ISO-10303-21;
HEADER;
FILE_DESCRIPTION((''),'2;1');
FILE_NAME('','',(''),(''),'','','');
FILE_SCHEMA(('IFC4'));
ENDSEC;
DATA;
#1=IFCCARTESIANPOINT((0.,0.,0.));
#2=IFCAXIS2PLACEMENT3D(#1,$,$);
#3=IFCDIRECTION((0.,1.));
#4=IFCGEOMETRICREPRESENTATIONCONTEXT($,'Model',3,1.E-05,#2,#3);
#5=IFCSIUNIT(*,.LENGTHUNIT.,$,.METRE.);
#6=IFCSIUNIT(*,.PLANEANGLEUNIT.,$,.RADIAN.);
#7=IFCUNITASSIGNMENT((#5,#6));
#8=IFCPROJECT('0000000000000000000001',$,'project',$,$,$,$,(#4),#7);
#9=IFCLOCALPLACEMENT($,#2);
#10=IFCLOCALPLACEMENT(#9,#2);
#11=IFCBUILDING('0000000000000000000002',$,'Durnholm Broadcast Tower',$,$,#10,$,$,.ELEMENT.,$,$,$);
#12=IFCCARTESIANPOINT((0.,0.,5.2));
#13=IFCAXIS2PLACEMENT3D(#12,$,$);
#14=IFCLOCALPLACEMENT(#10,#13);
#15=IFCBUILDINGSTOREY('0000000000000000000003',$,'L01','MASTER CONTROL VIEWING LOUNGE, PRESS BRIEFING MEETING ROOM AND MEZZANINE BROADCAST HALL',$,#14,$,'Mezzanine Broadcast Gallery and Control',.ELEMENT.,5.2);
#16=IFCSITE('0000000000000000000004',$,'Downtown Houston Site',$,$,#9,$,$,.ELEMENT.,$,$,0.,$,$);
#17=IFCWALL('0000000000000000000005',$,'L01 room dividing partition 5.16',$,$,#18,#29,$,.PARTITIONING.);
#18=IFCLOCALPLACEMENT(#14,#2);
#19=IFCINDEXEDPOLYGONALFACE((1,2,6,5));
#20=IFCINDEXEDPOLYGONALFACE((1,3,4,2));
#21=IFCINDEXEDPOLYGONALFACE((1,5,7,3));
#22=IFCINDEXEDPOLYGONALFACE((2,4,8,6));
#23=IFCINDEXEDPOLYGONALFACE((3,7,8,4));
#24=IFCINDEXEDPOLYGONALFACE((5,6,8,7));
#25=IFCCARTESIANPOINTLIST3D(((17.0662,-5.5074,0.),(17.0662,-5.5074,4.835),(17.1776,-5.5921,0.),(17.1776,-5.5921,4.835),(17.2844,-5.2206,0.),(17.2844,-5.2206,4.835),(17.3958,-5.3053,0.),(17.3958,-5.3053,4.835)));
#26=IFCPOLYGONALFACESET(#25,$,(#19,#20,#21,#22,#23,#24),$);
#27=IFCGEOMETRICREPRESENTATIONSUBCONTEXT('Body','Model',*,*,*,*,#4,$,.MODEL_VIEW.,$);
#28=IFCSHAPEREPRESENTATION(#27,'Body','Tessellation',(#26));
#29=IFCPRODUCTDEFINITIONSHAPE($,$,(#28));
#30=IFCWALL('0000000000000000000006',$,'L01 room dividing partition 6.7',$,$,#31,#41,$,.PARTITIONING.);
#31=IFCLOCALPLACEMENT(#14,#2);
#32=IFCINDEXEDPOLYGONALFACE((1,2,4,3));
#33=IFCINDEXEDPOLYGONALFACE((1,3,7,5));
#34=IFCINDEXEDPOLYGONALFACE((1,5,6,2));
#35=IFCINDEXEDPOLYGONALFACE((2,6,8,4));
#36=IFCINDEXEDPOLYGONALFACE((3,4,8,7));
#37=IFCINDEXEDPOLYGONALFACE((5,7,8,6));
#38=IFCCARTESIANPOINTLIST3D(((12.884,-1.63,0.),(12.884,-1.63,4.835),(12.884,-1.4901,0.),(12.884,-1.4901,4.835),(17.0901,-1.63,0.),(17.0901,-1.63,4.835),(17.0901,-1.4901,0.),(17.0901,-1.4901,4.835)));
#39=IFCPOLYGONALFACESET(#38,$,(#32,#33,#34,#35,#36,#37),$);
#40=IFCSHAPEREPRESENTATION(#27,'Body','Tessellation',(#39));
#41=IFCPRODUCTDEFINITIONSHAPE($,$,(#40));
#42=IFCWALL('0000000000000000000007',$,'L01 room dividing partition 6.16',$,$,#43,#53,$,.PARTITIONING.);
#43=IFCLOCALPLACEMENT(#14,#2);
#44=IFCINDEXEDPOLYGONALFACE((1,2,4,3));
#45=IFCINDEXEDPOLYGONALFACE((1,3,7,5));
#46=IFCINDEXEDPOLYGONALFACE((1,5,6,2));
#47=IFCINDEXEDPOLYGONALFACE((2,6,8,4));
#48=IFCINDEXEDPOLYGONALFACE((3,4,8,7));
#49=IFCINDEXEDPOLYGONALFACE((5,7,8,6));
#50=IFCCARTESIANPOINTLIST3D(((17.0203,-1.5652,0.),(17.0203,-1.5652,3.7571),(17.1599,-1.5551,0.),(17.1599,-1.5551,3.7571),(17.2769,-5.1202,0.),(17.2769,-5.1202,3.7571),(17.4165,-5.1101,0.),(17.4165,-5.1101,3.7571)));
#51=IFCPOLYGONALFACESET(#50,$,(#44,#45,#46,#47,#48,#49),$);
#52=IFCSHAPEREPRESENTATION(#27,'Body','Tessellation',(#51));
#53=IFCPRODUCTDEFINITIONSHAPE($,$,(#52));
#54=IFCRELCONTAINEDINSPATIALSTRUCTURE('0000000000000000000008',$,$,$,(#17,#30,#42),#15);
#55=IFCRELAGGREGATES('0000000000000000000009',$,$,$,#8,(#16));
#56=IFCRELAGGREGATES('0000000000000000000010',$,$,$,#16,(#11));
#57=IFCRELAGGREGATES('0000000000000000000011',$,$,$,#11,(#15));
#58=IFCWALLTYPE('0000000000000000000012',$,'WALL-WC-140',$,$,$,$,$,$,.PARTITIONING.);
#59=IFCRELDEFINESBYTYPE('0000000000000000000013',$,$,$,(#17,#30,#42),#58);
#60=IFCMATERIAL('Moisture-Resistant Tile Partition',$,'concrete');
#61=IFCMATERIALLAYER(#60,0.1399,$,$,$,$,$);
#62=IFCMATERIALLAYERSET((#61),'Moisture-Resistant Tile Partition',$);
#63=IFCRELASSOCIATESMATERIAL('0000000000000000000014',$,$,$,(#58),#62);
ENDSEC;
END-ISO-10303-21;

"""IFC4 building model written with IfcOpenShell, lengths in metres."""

from ifc_helpers import new_model, si_unit, direction, frame, frame_2d, origin, place, context, subcontext, project, spatial, rectangle, extrude, material, layer, layer_set, type_object, element, save


model = new_model("IFC4")

# Units and contexts
model_context = context("Model", 3, precision=1e-05, world=origin(), true_north=direction((0.0, 1.0)))
body_context = subcontext(model_context, "Body", "Model", "MODEL_VIEW")
ifc_project = project(units=[si_unit("LENGTHUNIT", "METRE"), si_unit("PLANEANGLEUNIT", "RADIAN")], contexts=[model_context])

# Site, building, storey
site_placement = place(None, origin())
site = spatial("IfcSite", under=ifc_project, at=site_placement, Name="Downtown Houston Site", CompositionType="ELEMENT", RefElevation=0.0)
building_placement = place(site_placement, origin())
building = spatial("IfcBuilding", under=site, at=building_placement, Name="Durnholm Broadcast Tower", CompositionType="ELEMENT")
storey_placement = place(building_placement, frame((0.0, 0.0, 5.2)))
storey = spatial("IfcBuildingStorey", under=building, at=storey_placement, Name="L01", Description="MASTER CONTROL VIEWING LOUNGE, PRESS BRIEFING MEETING ROOM AND MEZZANINE BROADCAST HALL", LongName="Mezzanine Broadcast Gallery and Control", CompositionType="ELEMENT", Elevation=5.2)

# Shared definitions
ifc_material_1 = material(Name="Moisture-Resistant Tile Partition", Category="concrete")
ifc_layer_1 = layer(ifc_material_1, 0.1399)
ifc_layer_set_1 = layer_set([ifc_layer_1], Name="Moisture-Resistant Tile Partition")
wall_type_1 = type_object("IfcWallType", Name="WALL-WC-140", PredefinedType="PARTITIONING", material=ifc_layer_set_1)

# Walls
wall_1_placement = place(storey_placement, frame((17.3401, -5.2629, 0.0), z_axis=(0.0, 0.0, 1.0), x_axis=(-0.605513, -0.795836, 0.0)))
element("IfcWall", 1, at=wall_1_placement, inside=storey, type_object=wall_type_1, Name="L01 room dividing partition 5.16", PredefinedType="PARTITIONING", context=body_context, shape_type="SweptSolid", body=[
    extrude(rectangle(XDim=0.3604, YDim=0.1399, at=frame_2d((0.1802, 0.0))), origin(), (0.0, 0.0, 1.0), 4.835),
])
wall_2_placement = place(storey_placement, frame((12.884, -1.5601, 0.0), z_axis=(0.0, 0.0, 1.0), x_axis=(1.0, 0.0, 0.0)))
element("IfcWall", 2, at=wall_2_placement, inside=storey, type_object=wall_type_1, Name="L01 room dividing partition 6.7", PredefinedType="PARTITIONING", context=body_context, shape_type="SweptSolid", body=[
    extrude(rectangle(XDim=4.2061, YDim=0.1399, at=frame_2d((2.103, 0.0))), origin(), (0.0, 0.0, 1.0), 4.835),
])
wall_3_placement = place(storey_placement, frame((17.0901, -1.5601, 0.0), z_axis=(0.0, 0.0, 1.0), x_axis=(0.071992, -0.997405, 0.0)))
element("IfcWall", 3, at=wall_3_placement, inside=storey, type_object=wall_type_1, Name="L01 room dividing partition 6.16", PredefinedType="PARTITIONING", context=body_context, shape_type="SweptSolid", body=[
    extrude(rectangle(XDim=3.5642, YDim=0.1399, at=frame_2d((1.7822, 0.0))), origin(), (0.0, 0.0, 1.0), 3.7571),
])

save(model, "model.ifc")
